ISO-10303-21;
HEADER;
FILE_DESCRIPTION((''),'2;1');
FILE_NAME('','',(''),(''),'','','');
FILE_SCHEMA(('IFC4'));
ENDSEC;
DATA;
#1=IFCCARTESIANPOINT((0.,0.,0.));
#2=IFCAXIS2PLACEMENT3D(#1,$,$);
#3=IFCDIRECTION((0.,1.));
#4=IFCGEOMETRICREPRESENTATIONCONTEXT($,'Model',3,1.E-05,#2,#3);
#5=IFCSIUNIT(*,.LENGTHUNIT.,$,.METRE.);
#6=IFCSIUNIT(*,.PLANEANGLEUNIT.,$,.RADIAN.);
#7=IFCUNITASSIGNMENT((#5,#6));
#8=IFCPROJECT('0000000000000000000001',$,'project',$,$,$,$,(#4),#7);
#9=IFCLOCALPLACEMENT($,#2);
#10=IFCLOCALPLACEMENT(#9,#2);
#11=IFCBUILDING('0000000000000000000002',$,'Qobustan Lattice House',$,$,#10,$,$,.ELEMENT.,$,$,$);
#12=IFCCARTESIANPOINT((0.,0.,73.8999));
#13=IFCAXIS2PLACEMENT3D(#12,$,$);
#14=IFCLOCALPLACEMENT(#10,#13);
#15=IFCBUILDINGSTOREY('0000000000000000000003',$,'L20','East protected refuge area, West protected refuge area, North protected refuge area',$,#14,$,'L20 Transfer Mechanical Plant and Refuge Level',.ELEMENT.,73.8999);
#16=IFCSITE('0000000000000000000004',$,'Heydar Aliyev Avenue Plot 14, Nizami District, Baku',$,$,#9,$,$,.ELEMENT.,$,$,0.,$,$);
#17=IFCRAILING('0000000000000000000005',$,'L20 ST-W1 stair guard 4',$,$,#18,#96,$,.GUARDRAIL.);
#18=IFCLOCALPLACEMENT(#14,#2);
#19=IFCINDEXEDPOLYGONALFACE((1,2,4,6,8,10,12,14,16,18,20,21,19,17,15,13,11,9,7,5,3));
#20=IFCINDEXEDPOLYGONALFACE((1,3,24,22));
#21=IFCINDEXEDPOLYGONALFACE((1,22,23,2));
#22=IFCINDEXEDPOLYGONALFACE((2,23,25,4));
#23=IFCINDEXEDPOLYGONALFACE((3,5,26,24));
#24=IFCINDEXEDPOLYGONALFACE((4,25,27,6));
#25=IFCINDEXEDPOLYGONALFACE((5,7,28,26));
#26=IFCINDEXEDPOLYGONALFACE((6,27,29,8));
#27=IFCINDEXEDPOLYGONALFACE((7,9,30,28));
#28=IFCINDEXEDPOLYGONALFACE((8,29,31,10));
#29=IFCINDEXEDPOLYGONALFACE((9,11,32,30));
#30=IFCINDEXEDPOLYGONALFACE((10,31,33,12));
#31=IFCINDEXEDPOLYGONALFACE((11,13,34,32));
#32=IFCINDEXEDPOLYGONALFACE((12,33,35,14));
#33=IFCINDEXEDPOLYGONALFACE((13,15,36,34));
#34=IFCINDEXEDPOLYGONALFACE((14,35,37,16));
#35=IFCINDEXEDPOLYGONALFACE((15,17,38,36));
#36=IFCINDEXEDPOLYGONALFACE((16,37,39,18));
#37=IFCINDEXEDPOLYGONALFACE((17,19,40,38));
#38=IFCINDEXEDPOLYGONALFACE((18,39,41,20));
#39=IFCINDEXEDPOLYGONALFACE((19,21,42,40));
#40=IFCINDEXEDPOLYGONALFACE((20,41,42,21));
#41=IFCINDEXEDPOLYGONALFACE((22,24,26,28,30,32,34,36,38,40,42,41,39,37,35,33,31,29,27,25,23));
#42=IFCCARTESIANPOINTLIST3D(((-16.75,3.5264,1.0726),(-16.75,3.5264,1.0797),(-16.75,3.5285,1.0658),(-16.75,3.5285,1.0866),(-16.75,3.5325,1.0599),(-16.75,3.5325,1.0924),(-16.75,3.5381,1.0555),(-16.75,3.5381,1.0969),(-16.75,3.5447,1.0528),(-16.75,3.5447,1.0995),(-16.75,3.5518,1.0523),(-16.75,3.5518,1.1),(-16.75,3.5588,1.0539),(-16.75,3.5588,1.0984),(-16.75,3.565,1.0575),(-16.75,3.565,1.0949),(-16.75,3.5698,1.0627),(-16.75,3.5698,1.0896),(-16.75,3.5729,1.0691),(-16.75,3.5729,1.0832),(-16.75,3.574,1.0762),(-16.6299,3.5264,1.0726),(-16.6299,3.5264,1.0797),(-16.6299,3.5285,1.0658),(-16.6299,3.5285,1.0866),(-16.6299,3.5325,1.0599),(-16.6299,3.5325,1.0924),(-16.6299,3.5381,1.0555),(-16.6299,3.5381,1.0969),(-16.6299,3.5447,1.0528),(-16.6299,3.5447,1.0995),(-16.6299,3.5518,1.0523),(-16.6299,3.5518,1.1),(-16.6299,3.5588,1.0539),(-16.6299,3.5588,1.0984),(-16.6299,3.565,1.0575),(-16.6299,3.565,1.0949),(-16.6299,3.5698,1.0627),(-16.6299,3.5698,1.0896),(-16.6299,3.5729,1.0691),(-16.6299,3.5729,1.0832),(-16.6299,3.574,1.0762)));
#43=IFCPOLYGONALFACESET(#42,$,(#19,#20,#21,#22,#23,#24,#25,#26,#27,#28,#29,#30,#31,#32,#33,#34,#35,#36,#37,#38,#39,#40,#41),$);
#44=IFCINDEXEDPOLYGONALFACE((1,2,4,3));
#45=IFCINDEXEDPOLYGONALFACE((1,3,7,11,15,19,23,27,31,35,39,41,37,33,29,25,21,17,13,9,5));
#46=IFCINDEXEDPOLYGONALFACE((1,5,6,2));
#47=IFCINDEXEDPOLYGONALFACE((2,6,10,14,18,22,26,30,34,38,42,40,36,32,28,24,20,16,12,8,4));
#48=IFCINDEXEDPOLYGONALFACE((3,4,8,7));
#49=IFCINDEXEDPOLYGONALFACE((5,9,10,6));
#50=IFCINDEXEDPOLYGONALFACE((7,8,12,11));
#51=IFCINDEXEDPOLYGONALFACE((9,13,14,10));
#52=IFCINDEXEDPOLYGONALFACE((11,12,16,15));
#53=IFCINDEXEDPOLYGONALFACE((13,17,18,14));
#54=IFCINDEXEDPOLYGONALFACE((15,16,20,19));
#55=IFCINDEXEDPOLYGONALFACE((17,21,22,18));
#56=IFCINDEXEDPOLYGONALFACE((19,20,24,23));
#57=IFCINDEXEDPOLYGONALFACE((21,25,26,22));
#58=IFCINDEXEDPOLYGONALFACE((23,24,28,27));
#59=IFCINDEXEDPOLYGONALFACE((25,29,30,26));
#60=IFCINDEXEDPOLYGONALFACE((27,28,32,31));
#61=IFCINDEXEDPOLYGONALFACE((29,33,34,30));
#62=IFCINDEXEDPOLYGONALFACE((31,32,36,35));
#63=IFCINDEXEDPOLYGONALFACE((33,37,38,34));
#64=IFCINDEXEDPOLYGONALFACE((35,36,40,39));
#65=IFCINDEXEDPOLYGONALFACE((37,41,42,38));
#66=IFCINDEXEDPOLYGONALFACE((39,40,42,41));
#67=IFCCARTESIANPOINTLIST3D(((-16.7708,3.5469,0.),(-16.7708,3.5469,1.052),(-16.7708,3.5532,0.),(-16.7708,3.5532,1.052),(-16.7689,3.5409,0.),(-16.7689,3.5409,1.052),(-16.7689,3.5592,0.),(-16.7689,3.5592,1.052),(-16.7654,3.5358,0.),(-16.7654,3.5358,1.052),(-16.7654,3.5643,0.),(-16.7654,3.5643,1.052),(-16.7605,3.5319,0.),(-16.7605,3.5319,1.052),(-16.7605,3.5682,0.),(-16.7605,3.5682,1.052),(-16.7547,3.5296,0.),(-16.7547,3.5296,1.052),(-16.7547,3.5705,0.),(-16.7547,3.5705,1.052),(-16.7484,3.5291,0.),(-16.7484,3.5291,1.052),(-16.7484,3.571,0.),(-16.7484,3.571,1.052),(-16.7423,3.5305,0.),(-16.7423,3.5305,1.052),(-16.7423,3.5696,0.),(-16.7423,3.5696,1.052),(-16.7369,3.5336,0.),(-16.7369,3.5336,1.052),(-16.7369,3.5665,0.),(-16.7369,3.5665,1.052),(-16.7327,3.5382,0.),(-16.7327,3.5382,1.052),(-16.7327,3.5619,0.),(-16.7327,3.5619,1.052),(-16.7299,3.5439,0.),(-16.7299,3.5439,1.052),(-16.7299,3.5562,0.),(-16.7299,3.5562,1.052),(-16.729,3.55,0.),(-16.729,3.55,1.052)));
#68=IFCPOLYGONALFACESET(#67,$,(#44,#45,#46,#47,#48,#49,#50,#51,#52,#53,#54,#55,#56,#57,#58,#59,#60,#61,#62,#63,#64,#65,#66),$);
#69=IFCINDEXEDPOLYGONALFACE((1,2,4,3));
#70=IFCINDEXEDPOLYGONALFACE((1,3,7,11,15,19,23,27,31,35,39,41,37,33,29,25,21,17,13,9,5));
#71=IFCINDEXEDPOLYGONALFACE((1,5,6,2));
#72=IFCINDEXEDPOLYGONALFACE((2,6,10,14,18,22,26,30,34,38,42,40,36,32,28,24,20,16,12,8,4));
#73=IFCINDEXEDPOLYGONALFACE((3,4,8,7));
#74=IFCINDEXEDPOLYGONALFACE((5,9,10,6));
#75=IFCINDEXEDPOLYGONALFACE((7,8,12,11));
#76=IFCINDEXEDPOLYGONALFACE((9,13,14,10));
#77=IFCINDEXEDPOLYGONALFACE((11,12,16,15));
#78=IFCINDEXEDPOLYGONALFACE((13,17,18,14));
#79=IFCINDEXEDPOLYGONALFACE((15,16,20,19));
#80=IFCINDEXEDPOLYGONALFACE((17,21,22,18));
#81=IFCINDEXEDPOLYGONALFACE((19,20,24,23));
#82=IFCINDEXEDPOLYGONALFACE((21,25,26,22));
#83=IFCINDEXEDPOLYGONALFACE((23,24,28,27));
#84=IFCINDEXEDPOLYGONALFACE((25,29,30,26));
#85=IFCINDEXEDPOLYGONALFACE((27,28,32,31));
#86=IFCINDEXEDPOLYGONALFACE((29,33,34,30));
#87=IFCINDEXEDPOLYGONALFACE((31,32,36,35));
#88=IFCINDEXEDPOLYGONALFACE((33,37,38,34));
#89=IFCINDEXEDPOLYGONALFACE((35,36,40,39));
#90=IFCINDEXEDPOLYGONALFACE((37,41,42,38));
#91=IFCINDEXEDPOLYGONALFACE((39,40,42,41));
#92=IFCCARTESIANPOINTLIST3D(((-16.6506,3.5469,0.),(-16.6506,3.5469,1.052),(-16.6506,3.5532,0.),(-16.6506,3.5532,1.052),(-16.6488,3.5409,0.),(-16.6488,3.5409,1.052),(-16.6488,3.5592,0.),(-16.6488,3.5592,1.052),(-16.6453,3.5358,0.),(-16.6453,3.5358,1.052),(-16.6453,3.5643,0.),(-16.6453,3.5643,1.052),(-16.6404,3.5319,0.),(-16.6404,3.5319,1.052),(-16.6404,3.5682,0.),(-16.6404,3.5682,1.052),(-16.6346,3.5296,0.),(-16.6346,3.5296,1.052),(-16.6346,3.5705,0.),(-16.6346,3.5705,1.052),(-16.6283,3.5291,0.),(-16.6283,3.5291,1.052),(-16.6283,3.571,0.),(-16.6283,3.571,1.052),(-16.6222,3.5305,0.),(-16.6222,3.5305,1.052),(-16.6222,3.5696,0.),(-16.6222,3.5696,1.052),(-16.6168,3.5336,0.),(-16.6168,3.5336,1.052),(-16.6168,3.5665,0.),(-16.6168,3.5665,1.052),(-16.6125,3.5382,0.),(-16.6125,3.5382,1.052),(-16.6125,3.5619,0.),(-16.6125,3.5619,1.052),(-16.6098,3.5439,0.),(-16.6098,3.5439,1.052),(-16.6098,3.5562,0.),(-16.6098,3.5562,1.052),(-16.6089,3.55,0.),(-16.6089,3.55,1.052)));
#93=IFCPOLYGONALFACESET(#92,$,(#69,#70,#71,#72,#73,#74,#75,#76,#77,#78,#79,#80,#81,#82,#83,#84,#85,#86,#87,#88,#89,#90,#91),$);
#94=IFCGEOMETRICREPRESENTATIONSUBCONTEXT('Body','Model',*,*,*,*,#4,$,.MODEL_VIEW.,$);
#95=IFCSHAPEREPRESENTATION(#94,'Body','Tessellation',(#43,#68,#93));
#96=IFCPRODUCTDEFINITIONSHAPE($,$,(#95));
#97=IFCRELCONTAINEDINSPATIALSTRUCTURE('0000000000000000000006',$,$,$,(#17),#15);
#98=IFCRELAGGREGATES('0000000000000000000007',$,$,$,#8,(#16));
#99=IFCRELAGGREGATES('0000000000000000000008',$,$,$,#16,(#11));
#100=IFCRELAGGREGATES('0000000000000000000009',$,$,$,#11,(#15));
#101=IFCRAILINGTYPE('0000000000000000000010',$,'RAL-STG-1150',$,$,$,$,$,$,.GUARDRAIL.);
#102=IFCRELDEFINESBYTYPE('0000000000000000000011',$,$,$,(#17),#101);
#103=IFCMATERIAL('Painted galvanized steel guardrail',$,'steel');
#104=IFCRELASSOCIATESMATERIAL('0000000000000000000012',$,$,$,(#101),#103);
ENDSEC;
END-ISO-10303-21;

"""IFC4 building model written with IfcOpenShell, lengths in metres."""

from ifc_helpers import new_model, si_unit, direction, frame, origin, origin_2d, place, context, subcontext, project, spatial, circle, extrude, material, type_object, element, save


model = new_model("IFC4")

# Units and contexts
model_context = context("Model", 3, precision=1e-05, world=origin(), true_north=direction((0.0, 1.0)))
body_context = subcontext(model_context, "Body", "Model", "MODEL_VIEW")
ifc_project = project(units=[si_unit("LENGTHUNIT", "METRE"), si_unit("PLANEANGLEUNIT", "RADIAN")], contexts=[model_context])

# Site, building, storey
site_placement = place(None, origin())
site = spatial("IfcSite", under=ifc_project, at=site_placement, Name="Heydar Aliyev Avenue Plot 14, Nizami District, Baku", CompositionType="ELEMENT", RefElevation=0.0)
building_placement = place(site_placement, origin())
building = spatial("IfcBuilding", under=site, at=building_placement, Name="Qobustan Lattice House", CompositionType="ELEMENT")
storey_placement = place(building_placement, frame((0.0, 0.0, 73.8999)))
storey = spatial("IfcBuildingStorey", under=building, at=storey_placement, Name="L20", Description="East protected refuge area, West protected refuge area, North protected refuge area", LongName="L20 Transfer Mechanical Plant and Refuge Level", CompositionType="ELEMENT", Elevation=73.8999)

# Railing
ifc_material_1 = material(Name="Painted galvanized steel guardrail", Category="steel")
railing_type_1 = type_object("IfcRailingType", Name="RAL-STG-1150", PredefinedType="GUARDRAIL", material=ifc_material_1)
railing_1_placement = place(storey_placement, frame((-16.75, 3.55, 0.0)))
element("IfcRailing", 1, at=railing_1_placement, inside=storey, type_object=railing_type_1, Name="L20 ST-W1 stair guard 4", PredefinedType="GUARDRAIL", context=body_context, shape_type="SweptSolid", body=[
    extrude(circle(Radius=0.0239, at=origin_2d()), frame((0.0, 0.0, 1.0762), z_axis=(1.0, 0.0, 0.0), x_axis=(0.0, 1.0, 0.0)), (0.0, 0.0, 1.0), 0.1201),
    extrude(circle(Radius=0.021, at=origin_2d()), origin(), (0.0, 0.0, 1.0), 1.052),
    extrude(circle(Radius=0.021, at=origin_2d()), frame((0.1201, 0.0, 0.0)), (0.0, 0.0, 1.0), 1.052),
])

save(model, "model.ifc")
